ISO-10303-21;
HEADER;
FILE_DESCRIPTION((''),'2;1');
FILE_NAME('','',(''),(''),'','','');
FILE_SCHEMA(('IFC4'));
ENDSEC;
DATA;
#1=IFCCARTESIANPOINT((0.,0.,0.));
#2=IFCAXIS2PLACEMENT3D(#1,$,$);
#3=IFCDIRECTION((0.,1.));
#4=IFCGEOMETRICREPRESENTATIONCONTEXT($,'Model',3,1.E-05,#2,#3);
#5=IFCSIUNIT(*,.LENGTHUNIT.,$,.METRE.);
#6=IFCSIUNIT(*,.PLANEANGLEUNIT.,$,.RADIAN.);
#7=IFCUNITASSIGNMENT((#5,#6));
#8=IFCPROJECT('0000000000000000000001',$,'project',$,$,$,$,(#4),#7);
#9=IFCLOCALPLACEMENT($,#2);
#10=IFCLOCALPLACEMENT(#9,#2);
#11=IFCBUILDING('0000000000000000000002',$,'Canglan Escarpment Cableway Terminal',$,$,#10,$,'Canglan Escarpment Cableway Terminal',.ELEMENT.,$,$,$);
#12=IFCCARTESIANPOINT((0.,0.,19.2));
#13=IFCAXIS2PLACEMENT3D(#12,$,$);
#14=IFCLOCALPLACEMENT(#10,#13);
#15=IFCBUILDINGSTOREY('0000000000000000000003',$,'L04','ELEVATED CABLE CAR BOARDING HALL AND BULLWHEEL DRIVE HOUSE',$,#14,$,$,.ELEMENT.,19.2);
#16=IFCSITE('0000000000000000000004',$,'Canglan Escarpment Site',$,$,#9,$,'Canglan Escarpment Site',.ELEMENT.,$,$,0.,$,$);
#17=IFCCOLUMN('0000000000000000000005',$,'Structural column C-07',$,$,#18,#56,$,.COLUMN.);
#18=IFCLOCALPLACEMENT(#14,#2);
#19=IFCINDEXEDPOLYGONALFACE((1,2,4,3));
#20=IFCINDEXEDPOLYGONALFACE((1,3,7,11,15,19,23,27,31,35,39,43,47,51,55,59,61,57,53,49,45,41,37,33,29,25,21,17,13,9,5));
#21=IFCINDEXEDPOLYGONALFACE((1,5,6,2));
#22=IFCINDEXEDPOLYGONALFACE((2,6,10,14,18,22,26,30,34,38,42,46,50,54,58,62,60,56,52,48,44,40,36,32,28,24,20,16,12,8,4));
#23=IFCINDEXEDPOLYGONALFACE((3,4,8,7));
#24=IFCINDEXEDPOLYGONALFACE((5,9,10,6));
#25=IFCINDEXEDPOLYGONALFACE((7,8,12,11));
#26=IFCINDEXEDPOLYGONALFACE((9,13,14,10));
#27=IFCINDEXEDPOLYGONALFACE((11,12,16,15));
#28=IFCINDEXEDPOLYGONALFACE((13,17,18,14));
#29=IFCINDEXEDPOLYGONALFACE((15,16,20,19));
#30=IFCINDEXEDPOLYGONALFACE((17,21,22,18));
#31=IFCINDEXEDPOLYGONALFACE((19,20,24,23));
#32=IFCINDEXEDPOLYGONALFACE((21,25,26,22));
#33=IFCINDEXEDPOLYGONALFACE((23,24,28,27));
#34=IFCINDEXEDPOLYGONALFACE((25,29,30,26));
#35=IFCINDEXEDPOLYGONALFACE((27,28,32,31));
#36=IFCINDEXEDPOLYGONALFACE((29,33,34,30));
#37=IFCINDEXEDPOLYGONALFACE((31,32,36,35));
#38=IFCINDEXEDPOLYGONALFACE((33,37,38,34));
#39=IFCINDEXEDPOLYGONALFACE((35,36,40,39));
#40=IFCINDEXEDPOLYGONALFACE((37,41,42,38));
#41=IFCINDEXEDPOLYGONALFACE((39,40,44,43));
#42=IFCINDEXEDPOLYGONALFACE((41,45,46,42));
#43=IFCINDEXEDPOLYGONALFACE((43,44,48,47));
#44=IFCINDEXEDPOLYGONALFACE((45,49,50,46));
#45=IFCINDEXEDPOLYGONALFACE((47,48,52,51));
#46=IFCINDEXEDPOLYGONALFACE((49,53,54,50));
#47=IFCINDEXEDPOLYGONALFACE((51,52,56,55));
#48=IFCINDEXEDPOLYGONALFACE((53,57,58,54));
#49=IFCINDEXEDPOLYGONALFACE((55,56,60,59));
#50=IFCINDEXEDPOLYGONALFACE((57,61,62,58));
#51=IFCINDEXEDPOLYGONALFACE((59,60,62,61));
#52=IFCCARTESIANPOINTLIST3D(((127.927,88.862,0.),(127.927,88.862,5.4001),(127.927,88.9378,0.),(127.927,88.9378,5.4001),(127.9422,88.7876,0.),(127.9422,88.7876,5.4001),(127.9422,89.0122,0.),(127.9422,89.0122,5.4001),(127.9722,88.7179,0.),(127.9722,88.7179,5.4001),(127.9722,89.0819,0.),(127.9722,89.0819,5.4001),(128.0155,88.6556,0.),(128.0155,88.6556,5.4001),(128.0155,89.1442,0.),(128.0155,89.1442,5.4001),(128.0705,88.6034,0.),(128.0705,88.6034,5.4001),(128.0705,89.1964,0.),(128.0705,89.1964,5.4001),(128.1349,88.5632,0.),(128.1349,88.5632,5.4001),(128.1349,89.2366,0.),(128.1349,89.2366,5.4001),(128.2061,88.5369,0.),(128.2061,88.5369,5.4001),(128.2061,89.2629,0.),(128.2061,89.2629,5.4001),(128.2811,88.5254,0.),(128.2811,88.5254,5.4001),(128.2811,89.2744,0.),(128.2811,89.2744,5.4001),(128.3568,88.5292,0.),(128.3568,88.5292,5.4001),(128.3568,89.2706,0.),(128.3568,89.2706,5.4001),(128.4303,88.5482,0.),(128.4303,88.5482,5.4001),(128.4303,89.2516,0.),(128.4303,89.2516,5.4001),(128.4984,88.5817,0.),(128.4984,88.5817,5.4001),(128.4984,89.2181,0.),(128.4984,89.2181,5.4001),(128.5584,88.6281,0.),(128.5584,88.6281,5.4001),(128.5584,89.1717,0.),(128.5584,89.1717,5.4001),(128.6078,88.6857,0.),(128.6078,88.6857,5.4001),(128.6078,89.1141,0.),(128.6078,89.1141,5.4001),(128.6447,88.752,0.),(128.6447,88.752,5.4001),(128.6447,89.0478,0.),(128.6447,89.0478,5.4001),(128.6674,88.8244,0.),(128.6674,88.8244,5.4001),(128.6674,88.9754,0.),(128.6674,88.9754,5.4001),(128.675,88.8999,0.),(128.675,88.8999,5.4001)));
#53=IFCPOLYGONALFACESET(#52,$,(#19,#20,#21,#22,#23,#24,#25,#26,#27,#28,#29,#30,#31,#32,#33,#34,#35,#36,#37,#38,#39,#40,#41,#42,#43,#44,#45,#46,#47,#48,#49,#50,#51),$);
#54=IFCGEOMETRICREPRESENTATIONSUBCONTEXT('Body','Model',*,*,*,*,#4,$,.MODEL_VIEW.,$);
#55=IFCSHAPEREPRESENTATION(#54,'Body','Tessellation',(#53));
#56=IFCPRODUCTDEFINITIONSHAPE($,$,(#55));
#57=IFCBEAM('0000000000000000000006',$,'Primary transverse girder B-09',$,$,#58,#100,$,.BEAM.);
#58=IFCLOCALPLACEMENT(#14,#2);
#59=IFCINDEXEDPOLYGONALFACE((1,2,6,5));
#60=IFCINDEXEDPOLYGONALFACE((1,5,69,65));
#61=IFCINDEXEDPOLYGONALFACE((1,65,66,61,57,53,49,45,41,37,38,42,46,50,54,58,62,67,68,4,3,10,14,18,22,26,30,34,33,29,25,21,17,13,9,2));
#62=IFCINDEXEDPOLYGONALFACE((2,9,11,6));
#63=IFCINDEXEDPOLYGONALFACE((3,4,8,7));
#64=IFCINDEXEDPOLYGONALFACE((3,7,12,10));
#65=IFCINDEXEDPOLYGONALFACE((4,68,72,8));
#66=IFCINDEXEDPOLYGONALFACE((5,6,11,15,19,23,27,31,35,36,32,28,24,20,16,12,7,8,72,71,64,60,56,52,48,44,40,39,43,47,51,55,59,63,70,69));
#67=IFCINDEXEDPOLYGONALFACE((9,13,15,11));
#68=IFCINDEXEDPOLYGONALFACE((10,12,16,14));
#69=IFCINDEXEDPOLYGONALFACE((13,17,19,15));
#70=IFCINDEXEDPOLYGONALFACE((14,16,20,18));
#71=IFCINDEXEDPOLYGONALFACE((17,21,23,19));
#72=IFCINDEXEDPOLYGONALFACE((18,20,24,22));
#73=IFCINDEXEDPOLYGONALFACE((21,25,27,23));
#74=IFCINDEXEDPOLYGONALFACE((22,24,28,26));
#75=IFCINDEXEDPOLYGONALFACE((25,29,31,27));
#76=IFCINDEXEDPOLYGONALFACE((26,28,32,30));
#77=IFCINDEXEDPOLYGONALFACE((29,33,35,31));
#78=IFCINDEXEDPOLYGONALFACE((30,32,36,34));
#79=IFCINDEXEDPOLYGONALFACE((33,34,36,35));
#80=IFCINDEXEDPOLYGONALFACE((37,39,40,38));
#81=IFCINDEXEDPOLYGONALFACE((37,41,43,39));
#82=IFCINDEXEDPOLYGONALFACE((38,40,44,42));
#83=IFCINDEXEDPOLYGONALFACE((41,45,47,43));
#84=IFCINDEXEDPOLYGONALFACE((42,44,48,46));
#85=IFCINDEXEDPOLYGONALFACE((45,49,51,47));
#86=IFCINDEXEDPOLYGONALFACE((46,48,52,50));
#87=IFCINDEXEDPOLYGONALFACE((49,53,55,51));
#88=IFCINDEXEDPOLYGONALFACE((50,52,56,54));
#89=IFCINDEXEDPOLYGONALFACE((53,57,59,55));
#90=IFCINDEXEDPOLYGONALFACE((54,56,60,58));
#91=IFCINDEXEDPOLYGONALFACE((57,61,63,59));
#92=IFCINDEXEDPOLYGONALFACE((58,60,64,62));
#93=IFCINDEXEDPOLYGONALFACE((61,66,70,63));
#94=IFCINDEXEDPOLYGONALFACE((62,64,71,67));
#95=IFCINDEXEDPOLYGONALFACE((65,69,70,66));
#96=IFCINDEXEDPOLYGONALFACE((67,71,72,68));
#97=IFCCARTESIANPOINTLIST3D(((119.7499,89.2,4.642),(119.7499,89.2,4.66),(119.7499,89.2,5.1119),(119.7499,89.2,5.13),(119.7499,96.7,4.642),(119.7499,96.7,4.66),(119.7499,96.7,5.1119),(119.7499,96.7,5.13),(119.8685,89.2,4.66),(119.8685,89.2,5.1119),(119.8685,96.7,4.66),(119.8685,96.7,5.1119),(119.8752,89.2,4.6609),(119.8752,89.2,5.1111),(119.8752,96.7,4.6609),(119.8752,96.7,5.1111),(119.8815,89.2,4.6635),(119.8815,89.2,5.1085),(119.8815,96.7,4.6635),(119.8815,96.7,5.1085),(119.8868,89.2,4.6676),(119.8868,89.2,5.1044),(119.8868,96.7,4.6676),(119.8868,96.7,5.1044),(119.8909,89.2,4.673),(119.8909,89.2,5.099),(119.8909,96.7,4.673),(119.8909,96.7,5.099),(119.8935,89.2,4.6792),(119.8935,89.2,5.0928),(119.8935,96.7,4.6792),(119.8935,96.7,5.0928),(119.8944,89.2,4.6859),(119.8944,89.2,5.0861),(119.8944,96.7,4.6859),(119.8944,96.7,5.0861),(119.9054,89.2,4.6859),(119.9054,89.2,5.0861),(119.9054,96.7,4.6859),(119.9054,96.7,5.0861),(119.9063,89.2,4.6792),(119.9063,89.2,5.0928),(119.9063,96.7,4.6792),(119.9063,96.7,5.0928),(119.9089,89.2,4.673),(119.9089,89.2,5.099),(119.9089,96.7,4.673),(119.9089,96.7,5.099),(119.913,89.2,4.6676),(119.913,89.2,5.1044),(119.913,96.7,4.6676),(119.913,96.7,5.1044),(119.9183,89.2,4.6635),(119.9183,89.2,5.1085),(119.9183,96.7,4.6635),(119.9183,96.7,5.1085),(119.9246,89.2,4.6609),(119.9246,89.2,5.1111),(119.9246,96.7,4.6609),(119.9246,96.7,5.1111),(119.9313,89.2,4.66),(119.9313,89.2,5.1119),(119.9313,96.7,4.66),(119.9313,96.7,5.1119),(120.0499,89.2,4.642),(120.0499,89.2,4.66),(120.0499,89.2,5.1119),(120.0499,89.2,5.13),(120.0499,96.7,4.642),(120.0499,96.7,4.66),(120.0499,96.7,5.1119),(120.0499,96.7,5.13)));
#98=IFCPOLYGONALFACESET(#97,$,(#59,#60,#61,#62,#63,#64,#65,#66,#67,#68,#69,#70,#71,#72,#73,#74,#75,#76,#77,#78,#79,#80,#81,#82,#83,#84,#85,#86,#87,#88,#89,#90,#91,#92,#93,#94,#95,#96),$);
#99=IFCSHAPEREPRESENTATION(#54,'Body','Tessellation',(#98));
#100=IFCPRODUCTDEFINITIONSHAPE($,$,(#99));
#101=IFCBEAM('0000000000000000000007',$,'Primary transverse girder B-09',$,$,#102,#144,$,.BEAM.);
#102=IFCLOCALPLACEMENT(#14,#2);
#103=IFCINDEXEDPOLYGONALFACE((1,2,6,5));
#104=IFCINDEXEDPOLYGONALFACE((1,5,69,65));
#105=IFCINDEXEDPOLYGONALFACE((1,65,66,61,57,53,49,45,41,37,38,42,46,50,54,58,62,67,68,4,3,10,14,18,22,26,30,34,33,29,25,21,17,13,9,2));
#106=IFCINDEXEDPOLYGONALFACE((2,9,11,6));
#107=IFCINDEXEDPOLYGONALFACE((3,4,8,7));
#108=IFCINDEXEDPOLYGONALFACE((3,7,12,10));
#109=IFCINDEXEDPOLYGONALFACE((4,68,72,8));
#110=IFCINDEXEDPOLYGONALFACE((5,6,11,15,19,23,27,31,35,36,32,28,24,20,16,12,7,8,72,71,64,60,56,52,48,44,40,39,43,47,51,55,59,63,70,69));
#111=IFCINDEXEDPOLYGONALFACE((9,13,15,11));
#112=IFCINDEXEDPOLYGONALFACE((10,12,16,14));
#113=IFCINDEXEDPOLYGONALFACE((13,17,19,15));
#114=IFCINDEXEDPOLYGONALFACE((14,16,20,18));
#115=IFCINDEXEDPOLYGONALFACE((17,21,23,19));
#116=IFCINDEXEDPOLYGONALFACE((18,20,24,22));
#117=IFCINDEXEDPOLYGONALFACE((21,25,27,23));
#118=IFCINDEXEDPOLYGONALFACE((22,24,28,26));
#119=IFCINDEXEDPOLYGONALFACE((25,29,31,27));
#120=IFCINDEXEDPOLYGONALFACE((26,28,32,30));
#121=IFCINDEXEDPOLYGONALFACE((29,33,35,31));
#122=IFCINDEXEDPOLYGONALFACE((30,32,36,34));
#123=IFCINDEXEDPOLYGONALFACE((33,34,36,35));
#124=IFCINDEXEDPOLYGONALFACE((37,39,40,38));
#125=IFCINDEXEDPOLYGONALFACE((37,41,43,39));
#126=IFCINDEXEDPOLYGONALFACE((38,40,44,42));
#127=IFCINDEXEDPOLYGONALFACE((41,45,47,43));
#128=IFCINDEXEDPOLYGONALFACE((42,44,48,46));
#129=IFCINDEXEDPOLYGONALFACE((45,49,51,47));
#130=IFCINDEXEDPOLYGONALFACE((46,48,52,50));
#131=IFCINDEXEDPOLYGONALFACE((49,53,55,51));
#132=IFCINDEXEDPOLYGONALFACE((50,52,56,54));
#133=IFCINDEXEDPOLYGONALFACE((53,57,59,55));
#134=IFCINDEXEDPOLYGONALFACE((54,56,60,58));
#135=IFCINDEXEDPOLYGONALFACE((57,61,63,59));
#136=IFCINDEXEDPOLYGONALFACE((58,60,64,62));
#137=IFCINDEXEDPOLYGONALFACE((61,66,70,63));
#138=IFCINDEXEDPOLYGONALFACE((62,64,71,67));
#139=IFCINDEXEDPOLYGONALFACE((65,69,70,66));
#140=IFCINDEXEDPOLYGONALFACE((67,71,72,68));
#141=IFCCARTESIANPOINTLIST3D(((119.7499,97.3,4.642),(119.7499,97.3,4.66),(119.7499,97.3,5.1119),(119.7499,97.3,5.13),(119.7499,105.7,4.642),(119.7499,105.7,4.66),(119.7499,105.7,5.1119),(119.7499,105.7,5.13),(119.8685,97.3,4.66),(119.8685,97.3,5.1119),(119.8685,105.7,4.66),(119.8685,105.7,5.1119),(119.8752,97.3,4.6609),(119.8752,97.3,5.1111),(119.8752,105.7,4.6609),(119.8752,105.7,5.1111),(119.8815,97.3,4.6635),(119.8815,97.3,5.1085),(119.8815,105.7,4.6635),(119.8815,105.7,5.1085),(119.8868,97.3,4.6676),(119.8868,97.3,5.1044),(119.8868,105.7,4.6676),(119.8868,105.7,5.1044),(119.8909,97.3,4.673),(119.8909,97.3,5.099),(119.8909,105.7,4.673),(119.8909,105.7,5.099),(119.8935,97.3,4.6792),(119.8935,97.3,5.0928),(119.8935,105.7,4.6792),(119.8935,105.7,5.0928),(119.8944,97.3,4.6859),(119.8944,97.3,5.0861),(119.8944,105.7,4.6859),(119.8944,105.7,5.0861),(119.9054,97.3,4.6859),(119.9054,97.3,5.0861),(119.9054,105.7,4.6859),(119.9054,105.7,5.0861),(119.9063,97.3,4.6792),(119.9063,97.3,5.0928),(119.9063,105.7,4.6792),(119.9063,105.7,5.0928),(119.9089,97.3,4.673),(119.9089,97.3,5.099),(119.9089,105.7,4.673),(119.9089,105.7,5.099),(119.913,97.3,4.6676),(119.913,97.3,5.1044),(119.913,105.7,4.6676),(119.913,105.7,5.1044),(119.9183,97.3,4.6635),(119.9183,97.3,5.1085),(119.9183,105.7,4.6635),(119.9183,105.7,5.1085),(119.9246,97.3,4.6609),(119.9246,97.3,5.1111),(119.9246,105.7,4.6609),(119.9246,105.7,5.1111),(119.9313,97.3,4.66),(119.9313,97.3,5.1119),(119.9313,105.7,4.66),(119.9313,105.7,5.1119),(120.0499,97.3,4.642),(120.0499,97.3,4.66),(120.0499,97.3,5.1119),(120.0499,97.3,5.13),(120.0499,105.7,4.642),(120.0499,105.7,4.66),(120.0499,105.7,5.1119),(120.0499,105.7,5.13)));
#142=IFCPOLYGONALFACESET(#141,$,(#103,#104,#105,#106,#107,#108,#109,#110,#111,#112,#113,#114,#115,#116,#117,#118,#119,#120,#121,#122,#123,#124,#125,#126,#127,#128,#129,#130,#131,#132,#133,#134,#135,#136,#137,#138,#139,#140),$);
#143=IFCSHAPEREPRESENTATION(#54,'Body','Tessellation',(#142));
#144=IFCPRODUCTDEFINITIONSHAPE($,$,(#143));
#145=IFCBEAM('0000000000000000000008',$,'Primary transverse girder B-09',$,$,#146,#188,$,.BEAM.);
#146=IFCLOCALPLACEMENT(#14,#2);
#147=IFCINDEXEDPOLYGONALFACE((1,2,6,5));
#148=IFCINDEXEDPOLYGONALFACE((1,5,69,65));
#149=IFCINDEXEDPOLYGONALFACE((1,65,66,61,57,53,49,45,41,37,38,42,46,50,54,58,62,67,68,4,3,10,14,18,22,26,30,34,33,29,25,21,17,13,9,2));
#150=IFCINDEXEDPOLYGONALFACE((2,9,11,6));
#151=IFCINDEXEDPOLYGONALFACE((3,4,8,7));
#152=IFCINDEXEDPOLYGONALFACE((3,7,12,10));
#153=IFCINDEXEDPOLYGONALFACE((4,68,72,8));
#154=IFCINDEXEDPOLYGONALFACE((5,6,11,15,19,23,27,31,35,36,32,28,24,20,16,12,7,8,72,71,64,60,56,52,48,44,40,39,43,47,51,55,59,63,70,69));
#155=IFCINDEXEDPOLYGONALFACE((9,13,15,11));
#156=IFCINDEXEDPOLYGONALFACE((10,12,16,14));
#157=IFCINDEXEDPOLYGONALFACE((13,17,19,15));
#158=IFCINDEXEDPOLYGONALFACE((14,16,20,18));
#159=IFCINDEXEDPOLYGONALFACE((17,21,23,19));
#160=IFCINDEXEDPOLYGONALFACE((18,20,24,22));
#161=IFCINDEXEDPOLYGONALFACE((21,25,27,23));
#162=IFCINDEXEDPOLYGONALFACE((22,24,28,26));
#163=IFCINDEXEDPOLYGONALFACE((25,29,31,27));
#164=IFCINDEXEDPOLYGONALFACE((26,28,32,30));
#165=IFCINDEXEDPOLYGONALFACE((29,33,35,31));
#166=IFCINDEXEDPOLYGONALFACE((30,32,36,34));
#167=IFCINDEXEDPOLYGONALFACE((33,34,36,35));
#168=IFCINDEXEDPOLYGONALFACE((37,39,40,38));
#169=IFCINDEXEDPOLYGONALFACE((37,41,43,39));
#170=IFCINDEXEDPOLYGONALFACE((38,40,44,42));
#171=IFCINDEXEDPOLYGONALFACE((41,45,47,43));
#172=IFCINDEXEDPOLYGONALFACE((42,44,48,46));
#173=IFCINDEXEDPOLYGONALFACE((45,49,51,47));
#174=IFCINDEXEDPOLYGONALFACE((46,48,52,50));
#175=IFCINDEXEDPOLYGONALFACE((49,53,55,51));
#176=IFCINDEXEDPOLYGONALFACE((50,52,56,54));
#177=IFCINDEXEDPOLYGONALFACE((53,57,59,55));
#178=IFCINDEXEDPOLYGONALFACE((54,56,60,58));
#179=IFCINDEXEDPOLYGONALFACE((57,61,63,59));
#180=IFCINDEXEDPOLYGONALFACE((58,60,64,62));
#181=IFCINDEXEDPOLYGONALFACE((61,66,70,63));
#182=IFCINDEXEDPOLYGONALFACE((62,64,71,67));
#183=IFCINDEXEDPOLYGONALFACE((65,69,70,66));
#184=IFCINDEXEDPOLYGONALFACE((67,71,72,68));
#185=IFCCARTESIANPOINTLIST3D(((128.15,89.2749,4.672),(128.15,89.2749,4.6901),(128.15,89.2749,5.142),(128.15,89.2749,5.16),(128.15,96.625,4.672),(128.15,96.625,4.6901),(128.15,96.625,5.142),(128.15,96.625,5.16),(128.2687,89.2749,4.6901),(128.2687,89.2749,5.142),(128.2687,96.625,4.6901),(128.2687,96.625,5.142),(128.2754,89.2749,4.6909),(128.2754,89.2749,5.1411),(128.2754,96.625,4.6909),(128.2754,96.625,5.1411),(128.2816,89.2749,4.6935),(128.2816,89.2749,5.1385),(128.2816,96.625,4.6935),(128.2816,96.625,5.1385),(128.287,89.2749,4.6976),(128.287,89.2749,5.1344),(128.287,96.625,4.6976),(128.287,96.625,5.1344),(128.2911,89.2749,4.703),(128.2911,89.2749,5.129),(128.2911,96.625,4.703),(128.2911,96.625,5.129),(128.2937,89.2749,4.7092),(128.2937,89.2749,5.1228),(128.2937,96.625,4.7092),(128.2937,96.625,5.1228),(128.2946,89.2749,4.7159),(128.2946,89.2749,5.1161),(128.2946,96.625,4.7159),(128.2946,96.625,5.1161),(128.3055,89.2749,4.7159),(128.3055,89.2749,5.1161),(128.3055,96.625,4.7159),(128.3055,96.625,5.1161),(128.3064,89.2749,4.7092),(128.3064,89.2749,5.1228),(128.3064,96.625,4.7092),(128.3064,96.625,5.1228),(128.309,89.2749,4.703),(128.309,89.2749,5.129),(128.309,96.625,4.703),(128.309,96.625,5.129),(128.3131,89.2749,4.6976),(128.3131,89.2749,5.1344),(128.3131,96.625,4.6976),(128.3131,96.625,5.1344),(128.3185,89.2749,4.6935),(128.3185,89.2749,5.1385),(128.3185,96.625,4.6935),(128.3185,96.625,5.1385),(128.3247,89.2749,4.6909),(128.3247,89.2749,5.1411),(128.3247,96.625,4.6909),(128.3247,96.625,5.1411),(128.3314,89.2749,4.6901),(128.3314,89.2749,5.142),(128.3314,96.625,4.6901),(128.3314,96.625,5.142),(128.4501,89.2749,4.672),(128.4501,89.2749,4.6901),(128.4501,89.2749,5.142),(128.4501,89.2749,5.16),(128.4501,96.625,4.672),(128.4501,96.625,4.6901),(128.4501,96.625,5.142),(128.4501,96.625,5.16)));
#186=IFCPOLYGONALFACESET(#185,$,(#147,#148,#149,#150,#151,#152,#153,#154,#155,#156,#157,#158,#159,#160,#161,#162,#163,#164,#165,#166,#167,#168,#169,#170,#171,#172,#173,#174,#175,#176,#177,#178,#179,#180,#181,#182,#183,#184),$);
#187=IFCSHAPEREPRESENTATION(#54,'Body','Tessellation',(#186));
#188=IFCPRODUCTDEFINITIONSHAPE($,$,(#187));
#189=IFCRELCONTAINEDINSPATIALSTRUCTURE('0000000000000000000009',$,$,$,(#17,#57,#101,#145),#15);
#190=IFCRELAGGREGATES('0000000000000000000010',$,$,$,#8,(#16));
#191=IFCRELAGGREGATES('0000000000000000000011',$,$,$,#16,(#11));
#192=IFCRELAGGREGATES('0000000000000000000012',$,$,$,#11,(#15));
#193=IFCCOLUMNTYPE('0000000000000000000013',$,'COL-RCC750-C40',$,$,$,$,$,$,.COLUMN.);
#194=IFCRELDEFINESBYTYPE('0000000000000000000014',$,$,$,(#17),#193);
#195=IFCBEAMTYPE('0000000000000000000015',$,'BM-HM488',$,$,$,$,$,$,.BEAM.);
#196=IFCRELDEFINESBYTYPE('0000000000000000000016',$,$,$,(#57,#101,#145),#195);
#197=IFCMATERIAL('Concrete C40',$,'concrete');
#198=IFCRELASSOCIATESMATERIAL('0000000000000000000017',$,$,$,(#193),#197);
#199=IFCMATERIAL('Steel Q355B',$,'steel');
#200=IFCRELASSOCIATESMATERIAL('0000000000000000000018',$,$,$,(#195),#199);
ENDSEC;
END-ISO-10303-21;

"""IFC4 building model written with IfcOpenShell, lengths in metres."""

from ifc_helpers import new_model, si_unit, direction, frame, origin, origin_2d, place, context, subcontext, project, spatial, circle, i_section, extrude, material, material_profile, profile_set, type_object, element, save


model = new_model("IFC4")

# Units and contexts
model_context = context("Model", 3, precision=1e-05, world=origin(), true_north=direction((0.0, 1.0)))
body_context = subcontext(model_context, "Body", "Model", "MODEL_VIEW")
ifc_project = project(units=[si_unit("LENGTHUNIT", "METRE"), si_unit("PLANEANGLEUNIT", "RADIAN")], contexts=[model_context])

# Site, building, storey
site_placement = place(None, origin())
site = spatial("IfcSite", under=ifc_project, at=site_placement, Name="Canglan Escarpment Site", LongName="Canglan Escarpment Site", CompositionType="ELEMENT", RefElevation=0.0)
building_placement = place(site_placement, origin())
building = spatial("IfcBuilding", under=site, at=building_placement, Name="Canglan Escarpment Cableway Terminal", LongName="Canglan Escarpment Cableway Terminal", CompositionType="ELEMENT")
storey_placement = place(building_placement, frame((0.0, 0.0, 19.2)))
storey = spatial("IfcBuildingStorey", under=building, at=storey_placement, Name="L04", Description="ELEVATED CABLE CAR BOARDING HALL AND BULLWHEEL DRIVE HOUSE", CompositionType="ELEMENT", Elevation=19.2)

# Column
ifc_material_1 = material(Name="Concrete C40", Category="concrete")
ifc_material_profile_1 = material_profile(ifc_material_1, circle(Radius=0.375, at=origin_2d()), Name="RC-CIRC D750")
ifc_profile_set_1 = profile_set([ifc_material_profile_1], Name="Concrete C40")
column_type = type_object("IfcColumnType", Name="COL-RCC750-C40", PredefinedType="COLUMN", material=ifc_profile_set_1)
column_placement = place(storey_placement, frame((128.3, 88.8999, 0.0), z_axis=(0.0, 0.0, 1.0), x_axis=(1.0, 0.0, 0.0)))
element("IfcColumn", 1, at=column_placement, inside=storey, type_object=column_type, Name="Structural column C-07", PredefinedType="COLUMN", context=body_context, shape_type="SweptSolid", body=[
    extrude(circle(Radius=0.375, at=origin_2d()), origin(), (0.0, 0.0, 1.0), 5.4001),
])

# Beams
ifc_material_2 = material(Name="Steel Q355B", Category="steel")
ifc_material_profile_2 = material_profile(ifc_material_2, i_section(OverallWidth=0.3, OverallDepth=0.488, WebThickness=0.011, FlangeThickness=0.0181, FilletRadius=0.0259, at=origin_2d()), Name="HM 488x300x11x18")
ifc_profile_set_2 = profile_set([ifc_material_profile_2], Name="Steel Q355B")
beam_type_1 = type_object("IfcBeamType", Name="BM-HM488", PredefinedType="BEAM", material=ifc_profile_set_2)
beam_1_placement = place(storey_placement, frame((119.8999, 89.2, 4.886), z_axis=(0.0, 1.0, 0.0), x_axis=(-1.0, 0.0, 0.0)))
element("IfcBeam", 2, at=beam_1_placement, inside=storey, type_object=beam_type_1, Name="Primary transverse girder B-09", PredefinedType="BEAM", context=body_context, shape_type="SweptSolid", body=[
    extrude(i_section(OverallWidth=0.3, OverallDepth=0.488, WebThickness=0.011, FlangeThickness=0.0181, FilletRadius=0.0259, at=origin_2d()), origin(), (0.0, 0.0, 1.0), 7.5),
])
beam_2_placement = place(storey_placement, frame((119.8999, 97.3, 4.886), z_axis=(0.0, 1.0, 0.0), x_axis=(-1.0, 0.0, 0.0)))
element("IfcBeam", 3, at=beam_2_placement, inside=storey, type_object=beam_type_1, Name="Primary transverse girder B-09", PredefinedType="BEAM", context=body_context, shape_type="SweptSolid", body=[
    extrude(i_section(OverallWidth=0.3, OverallDepth=0.488, WebThickness=0.011, FlangeThickness=0.0181, FilletRadius=0.0259, at=origin_2d()), origin(), (0.0, 0.0, 1.0), 8.3999),
])
beam_3_placement = place(storey_placement, frame((128.3, 89.2749, 4.916), z_axis=(0.0, 1.0, 0.0), x_axis=(-1.0, 0.0, 0.0)))
element("IfcBeam", 4, at=beam_3_placement, inside=storey, type_object=beam_type_1, Name="Primary transverse girder B-09", PredefinedType="BEAM", context=body_context, shape_type="SweptSolid", body=[
    extrude(i_section(OverallWidth=0.3, OverallDepth=0.488, WebThickness=0.011, FlangeThickness=0.0181, FilletRadius=0.0259, at=origin_2d()), origin(), (0.0, 0.0, 1.0), 7.3501),
])

save(model, "model.ifc")
